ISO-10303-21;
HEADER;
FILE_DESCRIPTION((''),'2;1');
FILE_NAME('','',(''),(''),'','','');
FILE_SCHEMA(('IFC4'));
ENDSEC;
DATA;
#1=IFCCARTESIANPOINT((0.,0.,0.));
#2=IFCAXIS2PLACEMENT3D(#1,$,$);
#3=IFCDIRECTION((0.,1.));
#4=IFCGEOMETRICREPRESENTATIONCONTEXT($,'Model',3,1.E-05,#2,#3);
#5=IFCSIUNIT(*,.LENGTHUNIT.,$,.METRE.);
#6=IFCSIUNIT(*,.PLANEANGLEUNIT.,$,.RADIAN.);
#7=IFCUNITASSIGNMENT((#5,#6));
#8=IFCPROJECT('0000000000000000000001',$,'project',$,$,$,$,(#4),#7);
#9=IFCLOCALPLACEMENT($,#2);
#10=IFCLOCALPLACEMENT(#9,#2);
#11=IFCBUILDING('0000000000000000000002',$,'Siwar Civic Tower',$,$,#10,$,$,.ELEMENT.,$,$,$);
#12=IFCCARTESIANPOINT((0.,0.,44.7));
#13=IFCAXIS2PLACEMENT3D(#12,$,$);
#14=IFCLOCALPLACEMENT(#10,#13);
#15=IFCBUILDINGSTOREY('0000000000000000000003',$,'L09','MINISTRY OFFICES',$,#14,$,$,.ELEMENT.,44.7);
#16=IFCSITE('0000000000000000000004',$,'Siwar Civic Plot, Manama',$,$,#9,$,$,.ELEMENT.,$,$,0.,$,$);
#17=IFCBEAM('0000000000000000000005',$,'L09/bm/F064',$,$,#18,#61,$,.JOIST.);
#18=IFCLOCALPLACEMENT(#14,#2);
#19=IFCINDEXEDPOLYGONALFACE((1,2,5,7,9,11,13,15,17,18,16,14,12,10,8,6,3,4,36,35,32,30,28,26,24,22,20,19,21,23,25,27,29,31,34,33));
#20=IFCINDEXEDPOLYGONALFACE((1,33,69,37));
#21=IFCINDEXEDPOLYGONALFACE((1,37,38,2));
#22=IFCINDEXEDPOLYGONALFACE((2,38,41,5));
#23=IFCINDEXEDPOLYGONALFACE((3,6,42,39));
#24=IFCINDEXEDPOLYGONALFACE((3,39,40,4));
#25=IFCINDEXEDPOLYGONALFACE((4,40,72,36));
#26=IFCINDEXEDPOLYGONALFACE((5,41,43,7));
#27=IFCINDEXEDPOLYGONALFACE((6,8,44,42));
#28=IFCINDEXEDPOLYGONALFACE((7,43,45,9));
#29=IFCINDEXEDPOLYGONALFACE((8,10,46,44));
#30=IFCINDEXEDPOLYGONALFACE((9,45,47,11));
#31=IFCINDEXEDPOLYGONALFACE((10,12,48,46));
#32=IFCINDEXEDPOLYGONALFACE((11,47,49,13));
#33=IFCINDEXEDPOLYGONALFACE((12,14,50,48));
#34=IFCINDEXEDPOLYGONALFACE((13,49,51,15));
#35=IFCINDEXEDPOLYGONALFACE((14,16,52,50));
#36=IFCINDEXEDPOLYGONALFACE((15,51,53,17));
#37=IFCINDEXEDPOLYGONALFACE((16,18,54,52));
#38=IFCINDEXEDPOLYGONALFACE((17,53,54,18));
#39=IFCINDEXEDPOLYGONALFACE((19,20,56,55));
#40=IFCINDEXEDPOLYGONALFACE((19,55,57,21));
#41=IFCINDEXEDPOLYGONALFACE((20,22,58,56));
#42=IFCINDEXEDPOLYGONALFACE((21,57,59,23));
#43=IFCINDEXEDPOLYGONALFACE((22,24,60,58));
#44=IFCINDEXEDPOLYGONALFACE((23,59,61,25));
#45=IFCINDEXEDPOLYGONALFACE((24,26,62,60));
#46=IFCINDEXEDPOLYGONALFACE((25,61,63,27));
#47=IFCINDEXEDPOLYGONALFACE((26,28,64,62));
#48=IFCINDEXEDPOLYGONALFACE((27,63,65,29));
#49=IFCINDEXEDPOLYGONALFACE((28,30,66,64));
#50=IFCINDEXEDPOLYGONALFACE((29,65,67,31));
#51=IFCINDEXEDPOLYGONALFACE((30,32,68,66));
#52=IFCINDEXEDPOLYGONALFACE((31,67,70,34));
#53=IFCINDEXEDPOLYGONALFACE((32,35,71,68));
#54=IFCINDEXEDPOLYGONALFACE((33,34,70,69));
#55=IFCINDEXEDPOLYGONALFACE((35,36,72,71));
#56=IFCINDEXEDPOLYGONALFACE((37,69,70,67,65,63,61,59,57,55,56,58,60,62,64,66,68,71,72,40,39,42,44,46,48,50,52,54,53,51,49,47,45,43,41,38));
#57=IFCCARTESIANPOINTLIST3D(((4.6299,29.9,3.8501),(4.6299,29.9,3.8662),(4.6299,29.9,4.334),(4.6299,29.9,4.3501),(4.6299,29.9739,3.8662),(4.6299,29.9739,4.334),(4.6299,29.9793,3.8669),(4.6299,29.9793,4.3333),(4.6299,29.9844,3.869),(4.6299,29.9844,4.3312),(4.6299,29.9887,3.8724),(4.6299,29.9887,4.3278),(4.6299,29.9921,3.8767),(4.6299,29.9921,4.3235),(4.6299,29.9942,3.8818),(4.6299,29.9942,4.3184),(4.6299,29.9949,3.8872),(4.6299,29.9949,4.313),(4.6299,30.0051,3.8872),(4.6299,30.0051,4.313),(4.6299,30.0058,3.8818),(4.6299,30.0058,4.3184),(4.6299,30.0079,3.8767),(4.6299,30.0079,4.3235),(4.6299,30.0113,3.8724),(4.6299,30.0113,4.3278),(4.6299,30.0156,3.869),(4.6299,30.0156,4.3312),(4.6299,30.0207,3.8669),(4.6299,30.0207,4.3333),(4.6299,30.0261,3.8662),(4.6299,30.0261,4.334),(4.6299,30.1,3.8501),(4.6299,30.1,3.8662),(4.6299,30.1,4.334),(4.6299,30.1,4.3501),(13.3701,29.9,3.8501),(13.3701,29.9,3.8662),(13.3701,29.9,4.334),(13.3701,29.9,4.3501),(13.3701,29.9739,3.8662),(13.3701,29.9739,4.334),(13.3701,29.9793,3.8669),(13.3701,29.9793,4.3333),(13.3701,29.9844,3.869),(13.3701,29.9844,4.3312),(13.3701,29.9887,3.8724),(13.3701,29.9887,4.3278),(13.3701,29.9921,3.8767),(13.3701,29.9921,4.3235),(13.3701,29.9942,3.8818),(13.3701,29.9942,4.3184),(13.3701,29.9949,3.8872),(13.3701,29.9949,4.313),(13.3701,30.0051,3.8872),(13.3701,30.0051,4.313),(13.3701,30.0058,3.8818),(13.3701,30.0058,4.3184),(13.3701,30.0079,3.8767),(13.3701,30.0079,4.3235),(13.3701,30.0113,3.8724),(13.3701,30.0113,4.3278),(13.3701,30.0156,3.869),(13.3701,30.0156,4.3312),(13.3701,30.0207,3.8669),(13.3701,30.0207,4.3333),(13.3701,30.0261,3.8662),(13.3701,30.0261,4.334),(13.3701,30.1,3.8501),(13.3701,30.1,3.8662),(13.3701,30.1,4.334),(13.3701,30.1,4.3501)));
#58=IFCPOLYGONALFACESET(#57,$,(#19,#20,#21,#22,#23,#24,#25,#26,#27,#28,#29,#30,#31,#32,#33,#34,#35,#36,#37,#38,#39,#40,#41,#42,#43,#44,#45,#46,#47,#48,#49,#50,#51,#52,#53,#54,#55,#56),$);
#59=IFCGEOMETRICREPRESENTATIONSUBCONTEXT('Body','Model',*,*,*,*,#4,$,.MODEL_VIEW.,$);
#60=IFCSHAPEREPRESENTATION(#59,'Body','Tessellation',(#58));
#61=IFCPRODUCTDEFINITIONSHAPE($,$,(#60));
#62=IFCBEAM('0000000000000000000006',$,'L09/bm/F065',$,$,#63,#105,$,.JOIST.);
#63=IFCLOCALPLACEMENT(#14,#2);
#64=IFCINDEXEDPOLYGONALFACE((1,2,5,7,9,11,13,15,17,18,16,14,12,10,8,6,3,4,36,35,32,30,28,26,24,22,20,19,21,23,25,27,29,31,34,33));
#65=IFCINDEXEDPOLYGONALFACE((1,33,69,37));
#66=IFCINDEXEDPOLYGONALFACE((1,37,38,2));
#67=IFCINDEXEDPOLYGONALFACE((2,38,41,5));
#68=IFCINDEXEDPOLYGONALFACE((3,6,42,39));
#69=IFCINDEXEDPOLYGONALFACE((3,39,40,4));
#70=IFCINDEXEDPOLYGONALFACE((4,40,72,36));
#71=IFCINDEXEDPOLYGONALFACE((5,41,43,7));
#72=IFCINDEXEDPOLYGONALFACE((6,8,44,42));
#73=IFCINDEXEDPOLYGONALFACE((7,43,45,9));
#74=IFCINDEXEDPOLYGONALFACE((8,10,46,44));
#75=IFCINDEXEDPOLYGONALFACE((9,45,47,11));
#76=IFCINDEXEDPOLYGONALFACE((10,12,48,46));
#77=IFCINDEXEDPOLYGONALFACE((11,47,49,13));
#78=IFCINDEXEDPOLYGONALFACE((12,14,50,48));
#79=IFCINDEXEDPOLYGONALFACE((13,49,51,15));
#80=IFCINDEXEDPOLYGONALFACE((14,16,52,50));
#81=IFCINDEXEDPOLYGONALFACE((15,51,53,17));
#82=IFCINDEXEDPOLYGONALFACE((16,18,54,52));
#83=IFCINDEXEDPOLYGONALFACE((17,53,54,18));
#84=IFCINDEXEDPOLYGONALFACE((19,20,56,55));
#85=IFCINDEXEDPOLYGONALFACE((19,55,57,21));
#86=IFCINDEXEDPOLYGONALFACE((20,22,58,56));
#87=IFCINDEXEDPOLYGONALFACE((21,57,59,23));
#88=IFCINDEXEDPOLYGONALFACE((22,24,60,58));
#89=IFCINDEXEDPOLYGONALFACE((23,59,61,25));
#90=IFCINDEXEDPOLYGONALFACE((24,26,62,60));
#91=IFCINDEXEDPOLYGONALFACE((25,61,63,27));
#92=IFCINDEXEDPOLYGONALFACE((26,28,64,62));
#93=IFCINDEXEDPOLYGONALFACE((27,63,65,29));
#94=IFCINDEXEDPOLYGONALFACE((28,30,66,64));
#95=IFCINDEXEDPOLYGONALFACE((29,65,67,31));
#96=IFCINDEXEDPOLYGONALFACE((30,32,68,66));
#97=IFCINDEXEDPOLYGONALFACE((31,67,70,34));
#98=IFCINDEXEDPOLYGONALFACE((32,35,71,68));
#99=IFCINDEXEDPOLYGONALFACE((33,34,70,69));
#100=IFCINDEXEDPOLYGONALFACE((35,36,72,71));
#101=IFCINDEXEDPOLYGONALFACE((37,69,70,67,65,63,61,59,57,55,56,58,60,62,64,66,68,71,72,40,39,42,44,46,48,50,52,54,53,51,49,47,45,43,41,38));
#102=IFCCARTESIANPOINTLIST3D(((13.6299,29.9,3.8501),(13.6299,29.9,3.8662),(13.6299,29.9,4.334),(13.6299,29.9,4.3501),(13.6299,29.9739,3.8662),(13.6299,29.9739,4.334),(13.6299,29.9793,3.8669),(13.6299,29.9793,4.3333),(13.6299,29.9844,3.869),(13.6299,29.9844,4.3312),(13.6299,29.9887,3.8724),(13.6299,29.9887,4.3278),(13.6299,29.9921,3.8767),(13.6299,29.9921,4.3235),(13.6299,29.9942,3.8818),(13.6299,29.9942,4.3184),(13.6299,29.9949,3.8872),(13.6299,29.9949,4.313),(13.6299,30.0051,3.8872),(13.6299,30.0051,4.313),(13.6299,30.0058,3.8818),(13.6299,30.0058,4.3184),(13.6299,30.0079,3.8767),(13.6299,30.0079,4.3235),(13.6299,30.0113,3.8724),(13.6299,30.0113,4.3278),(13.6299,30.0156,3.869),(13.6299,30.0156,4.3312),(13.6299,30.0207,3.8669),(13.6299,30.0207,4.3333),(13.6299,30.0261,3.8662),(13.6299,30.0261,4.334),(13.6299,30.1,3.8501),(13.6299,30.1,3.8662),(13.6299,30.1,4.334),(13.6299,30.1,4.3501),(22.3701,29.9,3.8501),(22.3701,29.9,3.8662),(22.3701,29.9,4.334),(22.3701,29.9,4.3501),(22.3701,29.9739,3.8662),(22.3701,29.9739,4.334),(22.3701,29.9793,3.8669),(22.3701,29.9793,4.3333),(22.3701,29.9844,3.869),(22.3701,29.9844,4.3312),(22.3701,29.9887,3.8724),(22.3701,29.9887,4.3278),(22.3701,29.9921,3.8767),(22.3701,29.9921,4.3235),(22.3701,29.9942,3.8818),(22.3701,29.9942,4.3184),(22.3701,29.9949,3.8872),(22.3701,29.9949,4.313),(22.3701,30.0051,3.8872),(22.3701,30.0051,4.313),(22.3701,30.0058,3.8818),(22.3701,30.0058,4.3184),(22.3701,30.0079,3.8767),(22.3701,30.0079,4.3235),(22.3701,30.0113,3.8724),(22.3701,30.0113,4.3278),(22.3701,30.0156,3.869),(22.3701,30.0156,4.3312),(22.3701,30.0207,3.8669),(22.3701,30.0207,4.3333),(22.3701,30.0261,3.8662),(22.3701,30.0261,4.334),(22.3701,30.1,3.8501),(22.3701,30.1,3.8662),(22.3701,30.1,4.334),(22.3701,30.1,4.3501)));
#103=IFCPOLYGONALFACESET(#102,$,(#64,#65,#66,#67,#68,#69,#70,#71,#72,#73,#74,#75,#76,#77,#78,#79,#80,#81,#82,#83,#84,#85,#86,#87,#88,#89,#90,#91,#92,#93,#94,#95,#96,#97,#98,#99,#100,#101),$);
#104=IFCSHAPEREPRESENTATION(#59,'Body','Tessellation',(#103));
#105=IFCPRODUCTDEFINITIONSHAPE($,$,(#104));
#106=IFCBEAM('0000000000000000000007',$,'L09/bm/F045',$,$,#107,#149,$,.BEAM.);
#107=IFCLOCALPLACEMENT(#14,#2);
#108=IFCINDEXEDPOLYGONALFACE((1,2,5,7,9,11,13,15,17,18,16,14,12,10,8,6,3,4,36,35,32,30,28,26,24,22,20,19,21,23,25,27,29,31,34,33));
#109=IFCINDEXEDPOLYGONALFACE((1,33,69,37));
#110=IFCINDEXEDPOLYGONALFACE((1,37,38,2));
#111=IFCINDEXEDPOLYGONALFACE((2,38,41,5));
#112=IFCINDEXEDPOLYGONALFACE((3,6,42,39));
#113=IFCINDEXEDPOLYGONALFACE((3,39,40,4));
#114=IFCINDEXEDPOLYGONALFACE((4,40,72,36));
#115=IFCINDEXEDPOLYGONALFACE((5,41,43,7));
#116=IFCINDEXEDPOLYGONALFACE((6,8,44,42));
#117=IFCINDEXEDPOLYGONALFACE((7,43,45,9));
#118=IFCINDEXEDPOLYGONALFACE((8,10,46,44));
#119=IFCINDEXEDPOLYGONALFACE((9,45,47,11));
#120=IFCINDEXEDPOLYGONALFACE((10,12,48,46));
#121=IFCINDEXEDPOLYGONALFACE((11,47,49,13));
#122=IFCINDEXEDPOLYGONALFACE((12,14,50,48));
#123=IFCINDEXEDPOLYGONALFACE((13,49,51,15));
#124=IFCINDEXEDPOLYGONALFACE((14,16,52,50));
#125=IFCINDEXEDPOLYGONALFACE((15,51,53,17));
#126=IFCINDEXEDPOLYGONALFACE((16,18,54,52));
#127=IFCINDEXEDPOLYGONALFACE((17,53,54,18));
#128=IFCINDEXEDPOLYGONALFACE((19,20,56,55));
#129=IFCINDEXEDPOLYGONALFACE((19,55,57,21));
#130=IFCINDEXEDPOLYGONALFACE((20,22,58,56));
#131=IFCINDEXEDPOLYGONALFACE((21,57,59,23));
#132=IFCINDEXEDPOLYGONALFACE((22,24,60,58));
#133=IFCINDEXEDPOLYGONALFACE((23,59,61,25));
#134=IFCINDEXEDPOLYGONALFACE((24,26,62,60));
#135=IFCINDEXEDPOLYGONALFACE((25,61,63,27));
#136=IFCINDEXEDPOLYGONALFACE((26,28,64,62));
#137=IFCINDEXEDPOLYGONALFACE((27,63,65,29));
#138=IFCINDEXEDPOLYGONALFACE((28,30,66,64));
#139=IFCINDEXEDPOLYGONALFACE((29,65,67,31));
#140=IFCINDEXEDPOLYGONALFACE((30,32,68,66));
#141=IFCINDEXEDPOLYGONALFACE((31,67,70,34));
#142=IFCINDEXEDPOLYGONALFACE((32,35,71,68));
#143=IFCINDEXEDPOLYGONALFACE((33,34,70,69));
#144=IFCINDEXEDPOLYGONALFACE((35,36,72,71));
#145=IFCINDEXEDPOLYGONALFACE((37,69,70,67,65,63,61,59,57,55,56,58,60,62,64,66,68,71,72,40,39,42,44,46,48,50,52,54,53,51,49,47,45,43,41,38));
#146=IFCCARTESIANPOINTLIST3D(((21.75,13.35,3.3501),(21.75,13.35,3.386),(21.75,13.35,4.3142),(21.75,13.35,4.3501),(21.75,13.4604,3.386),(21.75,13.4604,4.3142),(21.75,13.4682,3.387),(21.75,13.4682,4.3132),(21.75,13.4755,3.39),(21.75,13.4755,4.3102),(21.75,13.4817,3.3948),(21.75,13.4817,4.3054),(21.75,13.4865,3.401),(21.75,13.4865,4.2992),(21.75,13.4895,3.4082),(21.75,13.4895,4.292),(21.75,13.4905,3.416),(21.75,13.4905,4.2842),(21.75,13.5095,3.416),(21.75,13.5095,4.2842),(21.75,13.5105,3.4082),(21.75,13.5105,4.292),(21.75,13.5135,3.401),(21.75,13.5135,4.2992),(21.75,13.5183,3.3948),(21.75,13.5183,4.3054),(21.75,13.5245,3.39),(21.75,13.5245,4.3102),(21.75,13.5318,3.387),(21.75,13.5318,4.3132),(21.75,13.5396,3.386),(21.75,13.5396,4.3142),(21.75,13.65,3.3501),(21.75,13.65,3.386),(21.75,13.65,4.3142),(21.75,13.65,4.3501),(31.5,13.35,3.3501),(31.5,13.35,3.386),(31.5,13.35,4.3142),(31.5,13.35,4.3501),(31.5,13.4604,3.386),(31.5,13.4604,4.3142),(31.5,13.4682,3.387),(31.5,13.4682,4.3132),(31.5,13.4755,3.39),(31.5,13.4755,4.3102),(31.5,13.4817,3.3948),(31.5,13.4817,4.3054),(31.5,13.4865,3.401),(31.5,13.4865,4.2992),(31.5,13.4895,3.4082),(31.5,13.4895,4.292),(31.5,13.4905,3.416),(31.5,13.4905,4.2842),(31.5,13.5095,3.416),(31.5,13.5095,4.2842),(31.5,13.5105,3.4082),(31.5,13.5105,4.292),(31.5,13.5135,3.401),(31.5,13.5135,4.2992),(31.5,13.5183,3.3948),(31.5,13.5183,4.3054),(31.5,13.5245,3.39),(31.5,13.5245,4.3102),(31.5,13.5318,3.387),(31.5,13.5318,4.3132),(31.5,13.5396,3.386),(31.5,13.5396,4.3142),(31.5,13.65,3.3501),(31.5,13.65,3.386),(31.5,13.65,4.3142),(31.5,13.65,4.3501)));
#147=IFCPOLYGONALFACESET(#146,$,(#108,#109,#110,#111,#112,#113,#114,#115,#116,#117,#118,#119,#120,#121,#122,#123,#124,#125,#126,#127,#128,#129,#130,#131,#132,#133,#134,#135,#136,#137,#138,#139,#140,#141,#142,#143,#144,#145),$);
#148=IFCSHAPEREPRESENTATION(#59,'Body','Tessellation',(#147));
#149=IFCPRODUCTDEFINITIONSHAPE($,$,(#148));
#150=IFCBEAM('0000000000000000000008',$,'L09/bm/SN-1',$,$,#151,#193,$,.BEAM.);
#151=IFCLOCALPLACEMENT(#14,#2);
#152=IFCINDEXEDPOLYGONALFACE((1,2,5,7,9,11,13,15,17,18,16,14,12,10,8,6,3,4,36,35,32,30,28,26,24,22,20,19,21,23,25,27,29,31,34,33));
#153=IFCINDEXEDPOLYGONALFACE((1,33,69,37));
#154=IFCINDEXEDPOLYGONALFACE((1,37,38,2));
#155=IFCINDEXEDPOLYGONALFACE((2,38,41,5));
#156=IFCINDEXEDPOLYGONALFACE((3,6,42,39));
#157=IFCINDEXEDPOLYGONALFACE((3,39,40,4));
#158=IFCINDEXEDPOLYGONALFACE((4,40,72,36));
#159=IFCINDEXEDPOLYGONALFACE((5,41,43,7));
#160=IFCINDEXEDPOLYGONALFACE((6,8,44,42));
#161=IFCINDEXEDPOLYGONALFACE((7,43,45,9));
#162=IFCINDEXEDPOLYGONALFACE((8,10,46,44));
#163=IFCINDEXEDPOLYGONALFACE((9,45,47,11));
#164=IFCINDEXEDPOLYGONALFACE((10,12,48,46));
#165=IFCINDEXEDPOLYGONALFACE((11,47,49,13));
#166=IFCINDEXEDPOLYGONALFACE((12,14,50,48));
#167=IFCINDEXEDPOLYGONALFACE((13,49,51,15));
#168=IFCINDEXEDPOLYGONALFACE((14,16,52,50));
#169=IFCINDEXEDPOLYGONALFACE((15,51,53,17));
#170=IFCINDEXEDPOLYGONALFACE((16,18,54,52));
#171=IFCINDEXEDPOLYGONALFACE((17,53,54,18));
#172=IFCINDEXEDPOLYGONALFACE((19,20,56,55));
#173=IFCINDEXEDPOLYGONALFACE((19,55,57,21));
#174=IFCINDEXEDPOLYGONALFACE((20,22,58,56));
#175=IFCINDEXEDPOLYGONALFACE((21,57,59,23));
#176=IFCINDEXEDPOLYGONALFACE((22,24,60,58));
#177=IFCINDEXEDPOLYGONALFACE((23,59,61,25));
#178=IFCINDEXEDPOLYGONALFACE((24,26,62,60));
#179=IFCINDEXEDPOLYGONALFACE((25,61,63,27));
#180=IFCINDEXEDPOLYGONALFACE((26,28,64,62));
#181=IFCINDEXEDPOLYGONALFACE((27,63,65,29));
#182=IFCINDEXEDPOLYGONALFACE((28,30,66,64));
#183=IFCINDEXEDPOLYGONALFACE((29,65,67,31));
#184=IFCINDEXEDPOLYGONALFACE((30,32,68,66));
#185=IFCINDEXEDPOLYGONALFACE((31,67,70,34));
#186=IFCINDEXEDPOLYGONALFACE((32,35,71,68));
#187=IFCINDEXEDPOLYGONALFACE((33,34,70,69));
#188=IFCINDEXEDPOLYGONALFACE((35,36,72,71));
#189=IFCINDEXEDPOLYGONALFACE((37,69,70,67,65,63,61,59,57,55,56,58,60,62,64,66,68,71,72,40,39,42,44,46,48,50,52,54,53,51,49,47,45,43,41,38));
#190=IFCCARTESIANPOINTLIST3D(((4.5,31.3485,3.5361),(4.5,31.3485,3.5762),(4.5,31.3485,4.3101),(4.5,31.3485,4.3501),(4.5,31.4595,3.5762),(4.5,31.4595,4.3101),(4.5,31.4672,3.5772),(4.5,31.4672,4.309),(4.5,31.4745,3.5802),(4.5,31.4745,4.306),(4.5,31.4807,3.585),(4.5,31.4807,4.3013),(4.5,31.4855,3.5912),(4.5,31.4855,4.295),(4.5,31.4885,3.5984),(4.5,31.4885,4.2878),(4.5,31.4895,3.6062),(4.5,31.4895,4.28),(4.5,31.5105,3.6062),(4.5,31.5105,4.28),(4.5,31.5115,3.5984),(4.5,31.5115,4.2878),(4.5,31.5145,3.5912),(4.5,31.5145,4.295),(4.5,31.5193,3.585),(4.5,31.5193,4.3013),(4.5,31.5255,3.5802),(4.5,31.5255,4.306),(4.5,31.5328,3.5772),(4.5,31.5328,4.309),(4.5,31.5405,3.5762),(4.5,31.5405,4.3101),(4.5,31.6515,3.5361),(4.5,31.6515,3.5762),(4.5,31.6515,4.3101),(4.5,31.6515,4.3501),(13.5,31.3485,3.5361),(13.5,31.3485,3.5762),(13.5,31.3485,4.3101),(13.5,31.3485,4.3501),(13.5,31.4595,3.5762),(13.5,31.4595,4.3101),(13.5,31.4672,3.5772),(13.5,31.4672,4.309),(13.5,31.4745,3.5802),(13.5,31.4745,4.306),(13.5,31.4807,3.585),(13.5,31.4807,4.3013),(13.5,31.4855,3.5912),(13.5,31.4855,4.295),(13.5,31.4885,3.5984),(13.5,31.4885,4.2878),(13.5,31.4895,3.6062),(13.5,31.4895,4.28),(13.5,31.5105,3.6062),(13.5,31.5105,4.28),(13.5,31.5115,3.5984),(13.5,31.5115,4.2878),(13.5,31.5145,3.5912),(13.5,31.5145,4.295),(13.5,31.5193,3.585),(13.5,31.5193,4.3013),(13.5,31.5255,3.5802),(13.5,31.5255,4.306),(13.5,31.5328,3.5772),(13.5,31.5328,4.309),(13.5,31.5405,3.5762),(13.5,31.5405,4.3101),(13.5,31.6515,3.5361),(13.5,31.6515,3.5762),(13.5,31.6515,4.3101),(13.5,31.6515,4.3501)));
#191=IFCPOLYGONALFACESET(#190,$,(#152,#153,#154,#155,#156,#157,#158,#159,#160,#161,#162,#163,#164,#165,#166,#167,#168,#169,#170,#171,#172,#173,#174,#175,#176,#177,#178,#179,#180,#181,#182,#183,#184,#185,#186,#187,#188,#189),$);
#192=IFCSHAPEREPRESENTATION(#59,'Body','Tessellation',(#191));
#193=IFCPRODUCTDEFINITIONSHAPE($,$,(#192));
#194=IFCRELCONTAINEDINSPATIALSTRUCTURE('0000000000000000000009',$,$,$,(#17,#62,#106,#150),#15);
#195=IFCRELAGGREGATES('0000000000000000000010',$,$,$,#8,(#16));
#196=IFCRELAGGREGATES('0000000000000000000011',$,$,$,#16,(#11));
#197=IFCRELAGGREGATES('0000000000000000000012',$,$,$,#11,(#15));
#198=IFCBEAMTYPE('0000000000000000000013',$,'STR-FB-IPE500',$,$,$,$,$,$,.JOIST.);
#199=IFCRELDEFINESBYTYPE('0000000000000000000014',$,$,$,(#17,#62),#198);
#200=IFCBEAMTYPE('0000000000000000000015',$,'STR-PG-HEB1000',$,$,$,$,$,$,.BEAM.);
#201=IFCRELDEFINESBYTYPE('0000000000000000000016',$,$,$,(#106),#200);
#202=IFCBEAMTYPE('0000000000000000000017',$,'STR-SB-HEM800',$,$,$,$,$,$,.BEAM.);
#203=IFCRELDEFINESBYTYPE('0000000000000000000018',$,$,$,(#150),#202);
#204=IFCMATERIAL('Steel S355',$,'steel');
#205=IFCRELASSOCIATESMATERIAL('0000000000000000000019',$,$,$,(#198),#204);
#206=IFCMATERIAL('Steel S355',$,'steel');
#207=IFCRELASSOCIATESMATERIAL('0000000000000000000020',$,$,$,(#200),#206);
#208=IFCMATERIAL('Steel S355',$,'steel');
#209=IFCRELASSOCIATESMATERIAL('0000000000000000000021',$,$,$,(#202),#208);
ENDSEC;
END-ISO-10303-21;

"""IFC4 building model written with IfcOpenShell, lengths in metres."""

from ifc_helpers import new_model, si_unit, direction, frame, origin, origin_2d, place, context, subcontext, project, spatial, i_section, extrude, material, material_profile, profile_set, type_object, element, save


model = new_model("IFC4")

# Units and contexts
model_context = context("Model", 3, precision=1e-05, world=origin(), true_north=direction((0.0, 1.0)))
body_context = subcontext(model_context, "Body", "Model", "MODEL_VIEW")
ifc_project = project(units=[si_unit("LENGTHUNIT", "METRE"), si_unit("PLANEANGLEUNIT", "RADIAN")], contexts=[model_context])

# Site, building, storey
site_placement = place(None, origin())
site = spatial("IfcSite", under=ifc_project, at=site_placement, Name="Siwar Civic Plot, Manama", CompositionType="ELEMENT", RefElevation=0.0)
building_placement = place(site_placement, origin())
building = spatial("IfcBuilding", under=site, at=building_placement, Name="Siwar Civic Tower", CompositionType="ELEMENT")
storey_placement = place(building_placement, frame((0.0, 0.0, 44.7)))
storey = spatial("IfcBuildingStorey", under=building, at=storey_placement, Name="L09", Description="MINISTRY OFFICES", CompositionType="ELEMENT", Elevation=44.7)

# Beams
ifc_material_1 = material(Name="Steel S355", Category="steel")
ifc_material_profile_1 = material_profile(ifc_material_1, i_section(OverallWidth=0.2, OverallDepth=0.5, WebThickness=0.0103, FlangeThickness=0.0161, FilletRadius=0.021, at=origin_2d()), Name="IPE500")
ifc_profile_set_1 = profile_set([ifc_material_profile_1], Name="Steel S355")
beam_type_1 = type_object("IfcBeamType", Name="STR-FB-IPE500", PredefinedType="JOIST", material=ifc_profile_set_1)
for number, where, z_axis, x_axis, name in (
    (1, (4.6299, 30.0, 4.1001), (1.0, 0.0, 0.0), (0.0, 1.0, 0.0), "L09/bm/F064"),
    (2, (13.6299, 30.0, 4.1001), (1.0, 0.0, 0.0), (0.0, 1.0, 0.0), "L09/bm/F065"),
):
    element("IfcBeam", number, at=place(storey_placement, frame(where, z_axis=z_axis, x_axis=x_axis)), inside=storey, type_object=beam_type_1, Name=name, PredefinedType="JOIST", context=body_context, shape_type="SweptSolid", body=[
        extrude(i_section(OverallWidth=0.2, OverallDepth=0.5, WebThickness=0.0103, FlangeThickness=0.0161, FilletRadius=0.021, at=origin_2d()), origin(), (0.0, 0.0, 1.0), 8.7402),
    ])
ifc_material_2 = material(Name="Steel S355", Category="steel")
ifc_material_profile_2 = material_profile(ifc_material_2, i_section(OverallWidth=0.3, OverallDepth=1.0, WebThickness=0.019, FlangeThickness=0.0359, FilletRadius=0.03, at=origin_2d()), Name="HEB1000")
ifc_profile_set_2 = profile_set([ifc_material_profile_2], Name="Steel S355")
beam_type_2 = type_object("IfcBeamType", Name="STR-PG-HEB1000", PredefinedType="BEAM", material=ifc_profile_set_2)
beam_1_placement = place(storey_placement, frame((21.75, 13.5, 3.8501), z_axis=(1.0, 0.0, 0.0), x_axis=(0.0, 1.0, 0.0)))
element("IfcBeam", 3, at=beam_1_placement, inside=storey, type_object=beam_type_2, Name="L09/bm/F045", PredefinedType="BEAM", context=body_context, shape_type="SweptSolid", body=[
    extrude(i_section(OverallWidth=0.3, OverallDepth=1.0, WebThickness=0.019, FlangeThickness=0.0359, FilletRadius=0.03, at=origin_2d()), origin(), (0.0, 0.0, 1.0), 9.75),
])
ifc_material_3 = material(Name="Steel S355", Category="steel")
ifc_material_profile_3 = material_profile(ifc_material_3, i_section(OverallWidth=0.303, OverallDepth=0.814, WebThickness=0.021, FlangeThickness=0.04, FilletRadius=0.03, at=origin_2d()), Name="HEM800")
ifc_profile_set_3 = profile_set([ifc_material_profile_3], Name="Steel S355")
beam_type_3 = type_object("IfcBeamType", Name="STR-SB-HEM800", PredefinedType="BEAM", material=ifc_profile_set_3)
for number, where, z_axis, x_axis, name in (
    (4, (13.5, 31.5, 3.9431), (-1.0, 0.0, 0.0), (0.0, -1.0, 0.0), "L09/bm/SN-1"),
):
    element("IfcBeam", number, at=place(storey_placement, frame(where, z_axis=z_axis, x_axis=x_axis)), inside=storey, type_object=beam_type_3, Name=name, PredefinedType="BEAM", context=body_context, shape_type="SweptSolid", body=[
        extrude(i_section(OverallWidth=0.303, OverallDepth=0.814, WebThickness=0.021, FlangeThickness=0.04, FilletRadius=0.03, at=origin_2d()), origin(), (0.0, 0.0, 1.0), 9.0),
    ])

save(model, "model.ifc")
